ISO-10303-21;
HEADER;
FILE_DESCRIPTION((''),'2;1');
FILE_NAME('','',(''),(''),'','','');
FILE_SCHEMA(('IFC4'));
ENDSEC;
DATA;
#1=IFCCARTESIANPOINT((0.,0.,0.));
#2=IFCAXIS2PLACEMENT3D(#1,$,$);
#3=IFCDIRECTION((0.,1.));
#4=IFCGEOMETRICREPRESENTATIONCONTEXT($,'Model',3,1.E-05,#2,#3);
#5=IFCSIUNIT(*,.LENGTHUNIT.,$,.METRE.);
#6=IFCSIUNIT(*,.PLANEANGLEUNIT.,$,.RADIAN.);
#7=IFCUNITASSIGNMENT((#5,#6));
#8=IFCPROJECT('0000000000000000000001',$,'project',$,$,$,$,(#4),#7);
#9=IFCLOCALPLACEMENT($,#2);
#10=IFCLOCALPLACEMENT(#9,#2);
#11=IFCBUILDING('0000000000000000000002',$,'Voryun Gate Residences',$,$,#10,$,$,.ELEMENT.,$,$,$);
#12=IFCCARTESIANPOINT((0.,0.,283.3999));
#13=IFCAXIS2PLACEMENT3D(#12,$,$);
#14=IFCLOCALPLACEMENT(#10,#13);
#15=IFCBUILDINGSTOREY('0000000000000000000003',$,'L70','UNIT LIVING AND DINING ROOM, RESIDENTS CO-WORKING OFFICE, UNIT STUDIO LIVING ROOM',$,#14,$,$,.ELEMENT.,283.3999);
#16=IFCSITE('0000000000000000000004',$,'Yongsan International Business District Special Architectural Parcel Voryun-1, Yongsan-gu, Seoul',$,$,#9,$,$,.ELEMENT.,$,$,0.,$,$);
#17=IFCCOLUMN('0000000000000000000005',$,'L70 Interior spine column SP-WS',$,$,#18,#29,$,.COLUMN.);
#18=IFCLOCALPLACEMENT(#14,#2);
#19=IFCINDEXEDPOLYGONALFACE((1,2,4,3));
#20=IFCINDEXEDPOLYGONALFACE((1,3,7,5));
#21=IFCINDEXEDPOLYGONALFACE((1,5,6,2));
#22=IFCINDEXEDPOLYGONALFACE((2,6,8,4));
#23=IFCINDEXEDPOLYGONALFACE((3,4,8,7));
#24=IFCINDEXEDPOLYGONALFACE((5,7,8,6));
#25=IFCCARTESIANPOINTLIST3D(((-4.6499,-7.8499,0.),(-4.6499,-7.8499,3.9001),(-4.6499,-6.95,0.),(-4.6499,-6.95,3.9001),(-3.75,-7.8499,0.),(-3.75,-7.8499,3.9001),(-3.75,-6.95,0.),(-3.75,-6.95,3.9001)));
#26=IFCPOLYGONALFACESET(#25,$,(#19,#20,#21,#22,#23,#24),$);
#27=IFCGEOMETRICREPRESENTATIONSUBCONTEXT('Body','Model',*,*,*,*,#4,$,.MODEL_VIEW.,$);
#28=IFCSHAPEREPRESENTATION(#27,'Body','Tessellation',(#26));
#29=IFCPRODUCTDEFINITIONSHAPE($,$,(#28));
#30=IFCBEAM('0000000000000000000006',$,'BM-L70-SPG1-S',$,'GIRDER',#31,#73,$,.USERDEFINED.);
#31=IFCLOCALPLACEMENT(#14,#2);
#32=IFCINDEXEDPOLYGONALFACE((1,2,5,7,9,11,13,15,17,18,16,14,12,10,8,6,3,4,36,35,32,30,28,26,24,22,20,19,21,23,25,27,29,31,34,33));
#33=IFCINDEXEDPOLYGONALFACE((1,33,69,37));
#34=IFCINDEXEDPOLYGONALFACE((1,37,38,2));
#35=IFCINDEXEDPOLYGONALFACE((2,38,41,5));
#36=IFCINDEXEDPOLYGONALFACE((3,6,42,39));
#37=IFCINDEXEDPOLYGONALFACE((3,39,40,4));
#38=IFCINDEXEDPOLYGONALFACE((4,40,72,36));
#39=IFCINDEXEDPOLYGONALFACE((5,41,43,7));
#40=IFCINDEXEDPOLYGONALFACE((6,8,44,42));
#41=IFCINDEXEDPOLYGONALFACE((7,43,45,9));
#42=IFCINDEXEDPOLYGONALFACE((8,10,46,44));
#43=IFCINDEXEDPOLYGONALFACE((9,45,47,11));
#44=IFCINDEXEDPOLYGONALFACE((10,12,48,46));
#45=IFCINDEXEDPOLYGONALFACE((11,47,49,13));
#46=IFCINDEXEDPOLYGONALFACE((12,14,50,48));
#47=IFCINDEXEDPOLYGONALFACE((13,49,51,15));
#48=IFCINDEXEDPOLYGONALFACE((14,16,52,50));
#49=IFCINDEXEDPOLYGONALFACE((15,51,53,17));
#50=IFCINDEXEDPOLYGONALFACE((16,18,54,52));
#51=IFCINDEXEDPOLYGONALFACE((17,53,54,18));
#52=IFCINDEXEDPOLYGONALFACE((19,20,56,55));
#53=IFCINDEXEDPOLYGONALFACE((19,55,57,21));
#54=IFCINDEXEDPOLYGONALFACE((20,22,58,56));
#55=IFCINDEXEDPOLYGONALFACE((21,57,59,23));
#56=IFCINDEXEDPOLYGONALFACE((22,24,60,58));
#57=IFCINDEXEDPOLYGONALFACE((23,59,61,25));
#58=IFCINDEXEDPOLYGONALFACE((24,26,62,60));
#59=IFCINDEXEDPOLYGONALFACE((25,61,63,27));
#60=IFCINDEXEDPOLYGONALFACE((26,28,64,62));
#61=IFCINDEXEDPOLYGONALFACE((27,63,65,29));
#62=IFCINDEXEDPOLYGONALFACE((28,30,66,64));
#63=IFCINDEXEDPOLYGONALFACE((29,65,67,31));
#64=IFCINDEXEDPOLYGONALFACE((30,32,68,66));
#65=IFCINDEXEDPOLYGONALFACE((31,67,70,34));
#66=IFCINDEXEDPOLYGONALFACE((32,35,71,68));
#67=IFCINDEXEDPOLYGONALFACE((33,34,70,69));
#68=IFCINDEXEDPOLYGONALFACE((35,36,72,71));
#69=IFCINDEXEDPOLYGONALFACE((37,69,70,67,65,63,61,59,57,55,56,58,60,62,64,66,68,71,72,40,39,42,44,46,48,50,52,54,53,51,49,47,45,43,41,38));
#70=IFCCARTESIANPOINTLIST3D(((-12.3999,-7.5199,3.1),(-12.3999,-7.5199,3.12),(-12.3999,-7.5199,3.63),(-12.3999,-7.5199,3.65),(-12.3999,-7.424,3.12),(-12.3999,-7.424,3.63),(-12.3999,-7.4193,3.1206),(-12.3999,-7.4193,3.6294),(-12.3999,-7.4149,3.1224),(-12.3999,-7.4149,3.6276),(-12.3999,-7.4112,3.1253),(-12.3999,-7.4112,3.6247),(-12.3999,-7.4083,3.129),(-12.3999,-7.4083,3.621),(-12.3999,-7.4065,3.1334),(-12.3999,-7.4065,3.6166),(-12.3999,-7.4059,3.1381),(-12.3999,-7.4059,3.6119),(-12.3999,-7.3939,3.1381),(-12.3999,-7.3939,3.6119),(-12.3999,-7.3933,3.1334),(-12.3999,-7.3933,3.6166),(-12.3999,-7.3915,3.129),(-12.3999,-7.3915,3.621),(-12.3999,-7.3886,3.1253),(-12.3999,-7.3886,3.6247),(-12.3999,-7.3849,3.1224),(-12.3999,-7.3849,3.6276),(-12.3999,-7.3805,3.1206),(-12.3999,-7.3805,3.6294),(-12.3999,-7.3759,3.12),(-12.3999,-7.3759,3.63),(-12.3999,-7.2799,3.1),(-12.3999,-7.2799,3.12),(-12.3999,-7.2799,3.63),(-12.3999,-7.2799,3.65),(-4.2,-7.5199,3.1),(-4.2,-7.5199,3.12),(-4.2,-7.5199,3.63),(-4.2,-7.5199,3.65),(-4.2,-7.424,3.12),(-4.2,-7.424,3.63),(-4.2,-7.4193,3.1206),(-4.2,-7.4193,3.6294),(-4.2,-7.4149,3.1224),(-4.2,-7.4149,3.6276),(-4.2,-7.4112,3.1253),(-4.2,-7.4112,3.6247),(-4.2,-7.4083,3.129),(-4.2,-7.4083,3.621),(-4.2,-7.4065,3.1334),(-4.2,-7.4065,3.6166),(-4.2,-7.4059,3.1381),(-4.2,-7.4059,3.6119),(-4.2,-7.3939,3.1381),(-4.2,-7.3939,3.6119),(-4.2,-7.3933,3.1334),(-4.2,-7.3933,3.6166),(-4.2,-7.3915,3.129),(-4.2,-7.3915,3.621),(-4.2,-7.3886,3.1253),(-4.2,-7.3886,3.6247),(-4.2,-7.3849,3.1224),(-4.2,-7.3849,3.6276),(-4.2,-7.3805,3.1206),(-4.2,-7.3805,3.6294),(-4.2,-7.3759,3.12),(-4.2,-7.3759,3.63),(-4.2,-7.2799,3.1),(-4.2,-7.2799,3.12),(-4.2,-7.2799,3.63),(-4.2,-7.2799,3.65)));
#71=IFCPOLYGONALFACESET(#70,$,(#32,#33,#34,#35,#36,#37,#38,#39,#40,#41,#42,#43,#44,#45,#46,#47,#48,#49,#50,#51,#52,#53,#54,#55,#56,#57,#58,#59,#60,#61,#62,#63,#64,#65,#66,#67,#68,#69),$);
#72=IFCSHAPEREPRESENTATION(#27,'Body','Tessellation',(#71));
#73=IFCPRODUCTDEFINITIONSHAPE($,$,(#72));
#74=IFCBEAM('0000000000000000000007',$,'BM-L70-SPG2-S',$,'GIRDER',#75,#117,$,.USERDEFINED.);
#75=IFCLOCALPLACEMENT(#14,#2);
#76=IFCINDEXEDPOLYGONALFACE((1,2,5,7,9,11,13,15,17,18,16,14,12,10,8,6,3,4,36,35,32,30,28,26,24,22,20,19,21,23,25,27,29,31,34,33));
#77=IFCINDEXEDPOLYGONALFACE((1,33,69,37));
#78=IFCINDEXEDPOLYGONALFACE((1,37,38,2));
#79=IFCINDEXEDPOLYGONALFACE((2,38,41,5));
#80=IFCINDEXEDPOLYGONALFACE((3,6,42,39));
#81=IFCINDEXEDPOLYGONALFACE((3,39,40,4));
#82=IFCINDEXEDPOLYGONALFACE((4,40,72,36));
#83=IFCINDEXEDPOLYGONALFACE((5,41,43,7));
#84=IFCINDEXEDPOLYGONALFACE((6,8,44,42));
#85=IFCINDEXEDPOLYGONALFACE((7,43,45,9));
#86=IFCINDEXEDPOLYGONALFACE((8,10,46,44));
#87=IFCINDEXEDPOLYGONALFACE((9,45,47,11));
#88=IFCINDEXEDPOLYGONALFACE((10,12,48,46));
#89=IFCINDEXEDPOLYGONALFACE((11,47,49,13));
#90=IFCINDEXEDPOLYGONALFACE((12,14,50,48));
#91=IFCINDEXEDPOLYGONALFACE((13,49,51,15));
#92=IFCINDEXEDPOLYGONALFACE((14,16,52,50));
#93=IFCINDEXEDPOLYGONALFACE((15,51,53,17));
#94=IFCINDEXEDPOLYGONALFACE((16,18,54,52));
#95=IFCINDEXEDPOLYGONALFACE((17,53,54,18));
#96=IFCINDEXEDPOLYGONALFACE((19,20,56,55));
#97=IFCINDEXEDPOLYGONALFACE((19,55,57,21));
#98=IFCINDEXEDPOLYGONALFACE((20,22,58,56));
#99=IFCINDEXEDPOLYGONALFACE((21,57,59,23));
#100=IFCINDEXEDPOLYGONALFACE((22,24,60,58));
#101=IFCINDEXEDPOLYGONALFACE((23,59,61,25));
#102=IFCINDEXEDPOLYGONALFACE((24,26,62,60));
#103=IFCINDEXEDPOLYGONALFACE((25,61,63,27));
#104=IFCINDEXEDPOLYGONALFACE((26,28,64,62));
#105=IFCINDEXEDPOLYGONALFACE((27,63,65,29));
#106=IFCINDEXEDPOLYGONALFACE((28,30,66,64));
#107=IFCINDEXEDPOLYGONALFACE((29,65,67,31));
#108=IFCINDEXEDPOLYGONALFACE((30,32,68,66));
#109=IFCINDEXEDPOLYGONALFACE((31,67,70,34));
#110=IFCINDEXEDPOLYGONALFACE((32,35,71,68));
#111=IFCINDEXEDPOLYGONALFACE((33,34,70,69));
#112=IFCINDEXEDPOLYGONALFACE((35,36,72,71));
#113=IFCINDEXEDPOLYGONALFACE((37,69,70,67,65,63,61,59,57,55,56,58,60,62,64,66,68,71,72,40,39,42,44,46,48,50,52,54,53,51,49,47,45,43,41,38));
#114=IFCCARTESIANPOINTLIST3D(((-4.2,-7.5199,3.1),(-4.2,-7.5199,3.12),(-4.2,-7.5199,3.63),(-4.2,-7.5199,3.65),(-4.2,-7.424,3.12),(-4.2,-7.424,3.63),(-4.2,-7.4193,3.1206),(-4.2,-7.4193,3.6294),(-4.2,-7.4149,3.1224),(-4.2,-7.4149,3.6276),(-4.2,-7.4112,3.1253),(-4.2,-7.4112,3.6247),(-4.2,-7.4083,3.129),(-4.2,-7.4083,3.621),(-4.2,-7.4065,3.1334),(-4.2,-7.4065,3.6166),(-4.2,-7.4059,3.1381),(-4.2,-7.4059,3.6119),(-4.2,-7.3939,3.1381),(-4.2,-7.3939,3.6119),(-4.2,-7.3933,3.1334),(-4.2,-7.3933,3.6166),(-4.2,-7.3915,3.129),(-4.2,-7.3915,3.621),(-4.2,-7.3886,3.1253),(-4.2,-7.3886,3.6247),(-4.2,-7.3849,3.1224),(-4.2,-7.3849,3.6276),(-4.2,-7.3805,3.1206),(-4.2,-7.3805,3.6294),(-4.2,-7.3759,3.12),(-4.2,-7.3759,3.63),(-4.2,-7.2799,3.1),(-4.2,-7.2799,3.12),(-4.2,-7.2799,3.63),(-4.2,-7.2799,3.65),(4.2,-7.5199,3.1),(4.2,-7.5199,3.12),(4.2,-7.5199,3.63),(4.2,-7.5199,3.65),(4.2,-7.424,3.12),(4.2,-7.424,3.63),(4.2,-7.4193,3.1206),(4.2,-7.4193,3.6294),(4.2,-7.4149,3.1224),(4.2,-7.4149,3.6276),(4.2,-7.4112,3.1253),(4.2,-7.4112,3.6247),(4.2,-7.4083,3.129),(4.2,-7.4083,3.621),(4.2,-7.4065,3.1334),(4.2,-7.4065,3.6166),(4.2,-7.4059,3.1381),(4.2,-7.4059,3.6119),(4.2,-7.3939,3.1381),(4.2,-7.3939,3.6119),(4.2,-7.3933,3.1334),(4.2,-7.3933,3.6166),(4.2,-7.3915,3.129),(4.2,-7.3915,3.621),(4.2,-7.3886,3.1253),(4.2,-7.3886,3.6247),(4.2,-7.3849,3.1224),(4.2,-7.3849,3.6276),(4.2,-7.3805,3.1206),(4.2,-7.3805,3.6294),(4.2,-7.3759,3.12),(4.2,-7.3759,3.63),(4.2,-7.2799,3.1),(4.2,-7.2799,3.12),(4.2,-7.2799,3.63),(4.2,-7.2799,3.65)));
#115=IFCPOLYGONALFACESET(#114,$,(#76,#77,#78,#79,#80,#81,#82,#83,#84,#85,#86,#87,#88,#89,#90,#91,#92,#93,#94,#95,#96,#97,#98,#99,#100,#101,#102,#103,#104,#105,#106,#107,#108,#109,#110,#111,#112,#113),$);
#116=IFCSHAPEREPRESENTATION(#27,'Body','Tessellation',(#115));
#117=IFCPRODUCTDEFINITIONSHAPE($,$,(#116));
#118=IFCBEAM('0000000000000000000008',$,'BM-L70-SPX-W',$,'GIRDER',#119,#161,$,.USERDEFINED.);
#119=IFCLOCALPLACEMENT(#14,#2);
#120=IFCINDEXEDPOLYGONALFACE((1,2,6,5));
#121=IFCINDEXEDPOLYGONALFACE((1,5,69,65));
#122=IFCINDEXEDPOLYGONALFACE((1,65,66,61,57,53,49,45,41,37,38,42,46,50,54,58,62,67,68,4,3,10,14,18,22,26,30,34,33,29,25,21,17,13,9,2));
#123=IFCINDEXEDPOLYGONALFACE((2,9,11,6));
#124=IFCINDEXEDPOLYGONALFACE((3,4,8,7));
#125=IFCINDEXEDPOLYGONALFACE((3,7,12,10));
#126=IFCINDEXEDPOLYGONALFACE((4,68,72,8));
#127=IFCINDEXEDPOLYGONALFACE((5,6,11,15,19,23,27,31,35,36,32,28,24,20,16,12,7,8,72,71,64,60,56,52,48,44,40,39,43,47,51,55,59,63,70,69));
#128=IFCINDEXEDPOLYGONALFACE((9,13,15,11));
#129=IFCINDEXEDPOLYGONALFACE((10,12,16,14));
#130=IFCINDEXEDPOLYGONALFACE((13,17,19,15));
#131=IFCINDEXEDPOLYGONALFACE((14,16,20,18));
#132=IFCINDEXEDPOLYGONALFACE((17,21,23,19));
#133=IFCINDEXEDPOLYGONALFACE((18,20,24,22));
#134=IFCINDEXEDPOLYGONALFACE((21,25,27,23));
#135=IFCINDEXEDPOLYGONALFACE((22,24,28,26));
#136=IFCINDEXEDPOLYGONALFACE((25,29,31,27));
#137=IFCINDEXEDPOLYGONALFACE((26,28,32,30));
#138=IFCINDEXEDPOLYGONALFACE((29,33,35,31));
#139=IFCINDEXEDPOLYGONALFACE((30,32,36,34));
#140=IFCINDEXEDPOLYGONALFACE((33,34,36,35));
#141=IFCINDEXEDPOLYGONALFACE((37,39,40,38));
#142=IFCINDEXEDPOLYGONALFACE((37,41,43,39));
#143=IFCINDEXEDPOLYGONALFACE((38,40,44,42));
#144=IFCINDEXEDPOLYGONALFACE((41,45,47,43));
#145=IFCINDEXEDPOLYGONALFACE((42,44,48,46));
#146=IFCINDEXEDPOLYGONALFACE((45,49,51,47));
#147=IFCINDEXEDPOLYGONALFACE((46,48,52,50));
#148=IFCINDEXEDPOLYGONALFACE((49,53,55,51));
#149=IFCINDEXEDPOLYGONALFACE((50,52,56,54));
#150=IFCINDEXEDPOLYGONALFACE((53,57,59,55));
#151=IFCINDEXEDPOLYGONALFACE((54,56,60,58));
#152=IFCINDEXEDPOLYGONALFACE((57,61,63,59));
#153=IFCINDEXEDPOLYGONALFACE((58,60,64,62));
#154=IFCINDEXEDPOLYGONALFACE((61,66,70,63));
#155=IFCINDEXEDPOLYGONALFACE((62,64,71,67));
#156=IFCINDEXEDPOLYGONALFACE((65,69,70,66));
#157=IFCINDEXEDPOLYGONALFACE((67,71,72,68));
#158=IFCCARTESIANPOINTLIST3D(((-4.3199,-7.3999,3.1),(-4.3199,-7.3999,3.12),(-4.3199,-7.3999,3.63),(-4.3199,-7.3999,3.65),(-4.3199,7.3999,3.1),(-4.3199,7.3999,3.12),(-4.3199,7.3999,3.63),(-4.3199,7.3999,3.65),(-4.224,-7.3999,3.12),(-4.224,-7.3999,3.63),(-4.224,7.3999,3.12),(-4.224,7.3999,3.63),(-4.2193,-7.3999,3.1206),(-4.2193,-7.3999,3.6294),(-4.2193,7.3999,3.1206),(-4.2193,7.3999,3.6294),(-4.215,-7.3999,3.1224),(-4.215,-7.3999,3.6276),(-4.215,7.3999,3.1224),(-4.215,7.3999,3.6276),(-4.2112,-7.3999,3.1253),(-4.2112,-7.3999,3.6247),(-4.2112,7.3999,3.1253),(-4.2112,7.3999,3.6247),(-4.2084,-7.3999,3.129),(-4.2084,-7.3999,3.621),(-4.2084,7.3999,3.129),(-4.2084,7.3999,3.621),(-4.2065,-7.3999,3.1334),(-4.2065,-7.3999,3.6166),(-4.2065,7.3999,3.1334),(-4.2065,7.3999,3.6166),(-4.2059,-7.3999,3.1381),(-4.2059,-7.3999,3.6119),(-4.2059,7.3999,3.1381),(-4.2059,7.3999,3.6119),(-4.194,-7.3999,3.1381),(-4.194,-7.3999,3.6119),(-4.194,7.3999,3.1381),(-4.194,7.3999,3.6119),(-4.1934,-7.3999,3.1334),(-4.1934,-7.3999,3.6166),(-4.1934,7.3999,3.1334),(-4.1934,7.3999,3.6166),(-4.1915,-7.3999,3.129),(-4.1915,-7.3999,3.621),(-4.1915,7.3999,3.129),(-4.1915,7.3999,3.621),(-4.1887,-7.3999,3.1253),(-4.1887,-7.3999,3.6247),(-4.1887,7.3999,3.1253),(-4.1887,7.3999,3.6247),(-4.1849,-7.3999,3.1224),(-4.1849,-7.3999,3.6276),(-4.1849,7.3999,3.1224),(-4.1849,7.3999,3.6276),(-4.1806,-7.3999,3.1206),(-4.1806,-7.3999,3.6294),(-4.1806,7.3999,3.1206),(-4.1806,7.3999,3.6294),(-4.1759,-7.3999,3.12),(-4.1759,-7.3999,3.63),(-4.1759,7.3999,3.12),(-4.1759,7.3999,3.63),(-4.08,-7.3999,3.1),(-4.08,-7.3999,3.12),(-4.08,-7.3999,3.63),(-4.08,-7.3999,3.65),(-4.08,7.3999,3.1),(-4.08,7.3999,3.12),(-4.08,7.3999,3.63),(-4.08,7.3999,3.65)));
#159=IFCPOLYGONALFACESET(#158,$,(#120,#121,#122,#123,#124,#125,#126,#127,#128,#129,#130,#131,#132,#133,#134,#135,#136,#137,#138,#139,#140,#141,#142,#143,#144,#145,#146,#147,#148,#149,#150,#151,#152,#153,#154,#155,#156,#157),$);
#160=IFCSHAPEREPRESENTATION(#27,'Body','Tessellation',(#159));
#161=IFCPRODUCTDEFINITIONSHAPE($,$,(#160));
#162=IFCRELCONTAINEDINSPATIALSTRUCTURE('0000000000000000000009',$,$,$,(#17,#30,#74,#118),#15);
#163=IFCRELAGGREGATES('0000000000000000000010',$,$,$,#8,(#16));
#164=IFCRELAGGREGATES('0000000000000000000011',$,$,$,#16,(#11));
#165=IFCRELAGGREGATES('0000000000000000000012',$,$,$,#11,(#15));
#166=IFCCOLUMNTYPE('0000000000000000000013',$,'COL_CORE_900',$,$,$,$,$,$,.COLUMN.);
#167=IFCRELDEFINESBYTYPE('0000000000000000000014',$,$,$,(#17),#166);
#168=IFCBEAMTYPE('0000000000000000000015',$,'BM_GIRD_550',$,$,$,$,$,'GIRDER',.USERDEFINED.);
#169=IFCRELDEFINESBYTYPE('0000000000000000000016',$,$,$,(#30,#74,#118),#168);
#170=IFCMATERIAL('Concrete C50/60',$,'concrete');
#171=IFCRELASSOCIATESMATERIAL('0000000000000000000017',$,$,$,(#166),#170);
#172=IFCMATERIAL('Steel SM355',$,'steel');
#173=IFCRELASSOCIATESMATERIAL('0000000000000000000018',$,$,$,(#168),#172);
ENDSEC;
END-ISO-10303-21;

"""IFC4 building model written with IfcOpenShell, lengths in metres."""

from ifc_helpers import new_model, si_unit, direction, frame, origin, origin_2d, place, context, subcontext, project, spatial, rectangle, i_section, extrude, material, material_profile, profile_set, type_object, element, save


model = new_model("IFC4")

# Units and contexts
model_context = context("Model", 3, precision=1e-05, world=origin(), true_north=direction((0.0, 1.0)))
body_context = subcontext(model_context, "Body", "Model", "MODEL_VIEW")
ifc_project = project(units=[si_unit("LENGTHUNIT", "METRE"), si_unit("PLANEANGLEUNIT", "RADIAN")], contexts=[model_context])

# Site, building, storey
site_placement = place(None, origin())
site = spatial("IfcSite", under=ifc_project, at=site_placement, Name="Yongsan International Business District Special Architectural Parcel Voryun-1, Yongsan-gu, Seoul", CompositionType="ELEMENT", RefElevation=0.0)
building_placement = place(site_placement, origin())
building = spatial("IfcBuilding", under=site, at=building_placement, Name="Voryun Gate Residences", CompositionType="ELEMENT")
storey_placement = place(building_placement, frame((0.0, 0.0, 283.3999)))
storey = spatial("IfcBuildingStorey", under=building, at=storey_placement, Name="L70", Description="UNIT LIVING AND DINING ROOM, RESIDENTS CO-WORKING OFFICE, UNIT STUDIO LIVING ROOM", CompositionType="ELEMENT", Elevation=283.3999)

# Column
ifc_material_1 = material(Name="Concrete C50/60", Category="concrete")
ifc_material_profile_1 = material_profile(ifc_material_1, rectangle(XDim=0.8999, YDim=0.8999, at=origin_2d()), Name="RC-900x900")
ifc_profile_set_1 = profile_set([ifc_material_profile_1], Name="Concrete C50/60")
column_type = type_object("IfcColumnType", Name="COL_CORE_900", PredefinedType="COLUMN", material=ifc_profile_set_1)
column_placement = place(storey_placement, frame((-4.2, -7.3999, 0.0), z_axis=(0.0, 0.0, 1.0), x_axis=(1.0, 0.0, 0.0)))
element("IfcColumn", 1, at=column_placement, inside=storey, type_object=column_type, Name="L70 Interior spine column SP-WS", PredefinedType="COLUMN", context=body_context, shape_type="SweptSolid", body=[
    extrude(rectangle(XDim=0.8999, YDim=0.8999, at=origin_2d()), origin(), (0.0, 0.0, 1.0), 3.9001),
])

# Beams
ifc_material_2 = material(Name="Steel SM355", Category="steel")
ifc_material_profile_2 = material_profile(ifc_material_2, i_section(OverallWidth=0.24, OverallDepth=0.55, WebThickness=0.012, FlangeThickness=0.02, FilletRadius=0.0181, at=origin_2d()), Name="H-550x240x12x20")
ifc_profile_set_2 = profile_set([ifc_material_profile_2], Name="Steel SM355")
beam_type_1 = type_object("IfcBeamType", Name="BM_GIRD_550", ElementType="GIRDER", PredefinedType="USERDEFINED", material=ifc_profile_set_2)
beam_1_placement = place(storey_placement, frame((-12.3999, -7.3999, 3.375), z_axis=(1.0, 0.0, 0.0), x_axis=(0.0, 1.0, 0.0)))
element("IfcBeam", 2, at=beam_1_placement, inside=storey, type_object=beam_type_1, Name="BM-L70-SPG1-S", ObjectType="GIRDER", PredefinedType="USERDEFINED", context=body_context, shape_type="SweptSolid", body=[
    extrude(i_section(OverallWidth=0.24, OverallDepth=0.55, WebThickness=0.012, FlangeThickness=0.02, FilletRadius=0.0181, at=origin_2d()), origin(), (0.0, 0.0, 1.0), 8.2),
])
beam_2_placement = place(storey_placement, frame((-4.2, -7.3999, 3.375), z_axis=(1.0, 0.0, 0.0), x_axis=(0.0, 1.0, 0.0)))
element("IfcBeam", 3, at=beam_2_placement, inside=storey, type_object=beam_type_1, Name="BM-L70-SPG2-S", ObjectType="GIRDER", PredefinedType="USERDEFINED", context=body_context, shape_type="SweptSolid", body=[
    extrude(i_section(OverallWidth=0.24, OverallDepth=0.55, WebThickness=0.012, FlangeThickness=0.02, FilletRadius=0.0181, at=origin_2d()), origin(), (0.0, 0.0, 1.0), 8.3999),
])
beam_3_placement = place(storey_placement, frame((-4.2, -7.3999, 3.375), z_axis=(0.0, 1.0, 0.0), x_axis=(-1.0, 0.0, 0.0)))
element("IfcBeam", 4, at=beam_3_placement, inside=storey, type_object=beam_type_1, Name="BM-L70-SPX-W", ObjectType="GIRDER", PredefinedType="USERDEFINED", context=body_context, shape_type="SweptSolid", body=[
    extrude(i_section(OverallWidth=0.24, OverallDepth=0.55, WebThickness=0.012, FlangeThickness=0.02, FilletRadius=0.0181, at=origin_2d()), origin(), (0.0, 0.0, 1.0), 14.7998),
])

save(model, "model.ifc")
